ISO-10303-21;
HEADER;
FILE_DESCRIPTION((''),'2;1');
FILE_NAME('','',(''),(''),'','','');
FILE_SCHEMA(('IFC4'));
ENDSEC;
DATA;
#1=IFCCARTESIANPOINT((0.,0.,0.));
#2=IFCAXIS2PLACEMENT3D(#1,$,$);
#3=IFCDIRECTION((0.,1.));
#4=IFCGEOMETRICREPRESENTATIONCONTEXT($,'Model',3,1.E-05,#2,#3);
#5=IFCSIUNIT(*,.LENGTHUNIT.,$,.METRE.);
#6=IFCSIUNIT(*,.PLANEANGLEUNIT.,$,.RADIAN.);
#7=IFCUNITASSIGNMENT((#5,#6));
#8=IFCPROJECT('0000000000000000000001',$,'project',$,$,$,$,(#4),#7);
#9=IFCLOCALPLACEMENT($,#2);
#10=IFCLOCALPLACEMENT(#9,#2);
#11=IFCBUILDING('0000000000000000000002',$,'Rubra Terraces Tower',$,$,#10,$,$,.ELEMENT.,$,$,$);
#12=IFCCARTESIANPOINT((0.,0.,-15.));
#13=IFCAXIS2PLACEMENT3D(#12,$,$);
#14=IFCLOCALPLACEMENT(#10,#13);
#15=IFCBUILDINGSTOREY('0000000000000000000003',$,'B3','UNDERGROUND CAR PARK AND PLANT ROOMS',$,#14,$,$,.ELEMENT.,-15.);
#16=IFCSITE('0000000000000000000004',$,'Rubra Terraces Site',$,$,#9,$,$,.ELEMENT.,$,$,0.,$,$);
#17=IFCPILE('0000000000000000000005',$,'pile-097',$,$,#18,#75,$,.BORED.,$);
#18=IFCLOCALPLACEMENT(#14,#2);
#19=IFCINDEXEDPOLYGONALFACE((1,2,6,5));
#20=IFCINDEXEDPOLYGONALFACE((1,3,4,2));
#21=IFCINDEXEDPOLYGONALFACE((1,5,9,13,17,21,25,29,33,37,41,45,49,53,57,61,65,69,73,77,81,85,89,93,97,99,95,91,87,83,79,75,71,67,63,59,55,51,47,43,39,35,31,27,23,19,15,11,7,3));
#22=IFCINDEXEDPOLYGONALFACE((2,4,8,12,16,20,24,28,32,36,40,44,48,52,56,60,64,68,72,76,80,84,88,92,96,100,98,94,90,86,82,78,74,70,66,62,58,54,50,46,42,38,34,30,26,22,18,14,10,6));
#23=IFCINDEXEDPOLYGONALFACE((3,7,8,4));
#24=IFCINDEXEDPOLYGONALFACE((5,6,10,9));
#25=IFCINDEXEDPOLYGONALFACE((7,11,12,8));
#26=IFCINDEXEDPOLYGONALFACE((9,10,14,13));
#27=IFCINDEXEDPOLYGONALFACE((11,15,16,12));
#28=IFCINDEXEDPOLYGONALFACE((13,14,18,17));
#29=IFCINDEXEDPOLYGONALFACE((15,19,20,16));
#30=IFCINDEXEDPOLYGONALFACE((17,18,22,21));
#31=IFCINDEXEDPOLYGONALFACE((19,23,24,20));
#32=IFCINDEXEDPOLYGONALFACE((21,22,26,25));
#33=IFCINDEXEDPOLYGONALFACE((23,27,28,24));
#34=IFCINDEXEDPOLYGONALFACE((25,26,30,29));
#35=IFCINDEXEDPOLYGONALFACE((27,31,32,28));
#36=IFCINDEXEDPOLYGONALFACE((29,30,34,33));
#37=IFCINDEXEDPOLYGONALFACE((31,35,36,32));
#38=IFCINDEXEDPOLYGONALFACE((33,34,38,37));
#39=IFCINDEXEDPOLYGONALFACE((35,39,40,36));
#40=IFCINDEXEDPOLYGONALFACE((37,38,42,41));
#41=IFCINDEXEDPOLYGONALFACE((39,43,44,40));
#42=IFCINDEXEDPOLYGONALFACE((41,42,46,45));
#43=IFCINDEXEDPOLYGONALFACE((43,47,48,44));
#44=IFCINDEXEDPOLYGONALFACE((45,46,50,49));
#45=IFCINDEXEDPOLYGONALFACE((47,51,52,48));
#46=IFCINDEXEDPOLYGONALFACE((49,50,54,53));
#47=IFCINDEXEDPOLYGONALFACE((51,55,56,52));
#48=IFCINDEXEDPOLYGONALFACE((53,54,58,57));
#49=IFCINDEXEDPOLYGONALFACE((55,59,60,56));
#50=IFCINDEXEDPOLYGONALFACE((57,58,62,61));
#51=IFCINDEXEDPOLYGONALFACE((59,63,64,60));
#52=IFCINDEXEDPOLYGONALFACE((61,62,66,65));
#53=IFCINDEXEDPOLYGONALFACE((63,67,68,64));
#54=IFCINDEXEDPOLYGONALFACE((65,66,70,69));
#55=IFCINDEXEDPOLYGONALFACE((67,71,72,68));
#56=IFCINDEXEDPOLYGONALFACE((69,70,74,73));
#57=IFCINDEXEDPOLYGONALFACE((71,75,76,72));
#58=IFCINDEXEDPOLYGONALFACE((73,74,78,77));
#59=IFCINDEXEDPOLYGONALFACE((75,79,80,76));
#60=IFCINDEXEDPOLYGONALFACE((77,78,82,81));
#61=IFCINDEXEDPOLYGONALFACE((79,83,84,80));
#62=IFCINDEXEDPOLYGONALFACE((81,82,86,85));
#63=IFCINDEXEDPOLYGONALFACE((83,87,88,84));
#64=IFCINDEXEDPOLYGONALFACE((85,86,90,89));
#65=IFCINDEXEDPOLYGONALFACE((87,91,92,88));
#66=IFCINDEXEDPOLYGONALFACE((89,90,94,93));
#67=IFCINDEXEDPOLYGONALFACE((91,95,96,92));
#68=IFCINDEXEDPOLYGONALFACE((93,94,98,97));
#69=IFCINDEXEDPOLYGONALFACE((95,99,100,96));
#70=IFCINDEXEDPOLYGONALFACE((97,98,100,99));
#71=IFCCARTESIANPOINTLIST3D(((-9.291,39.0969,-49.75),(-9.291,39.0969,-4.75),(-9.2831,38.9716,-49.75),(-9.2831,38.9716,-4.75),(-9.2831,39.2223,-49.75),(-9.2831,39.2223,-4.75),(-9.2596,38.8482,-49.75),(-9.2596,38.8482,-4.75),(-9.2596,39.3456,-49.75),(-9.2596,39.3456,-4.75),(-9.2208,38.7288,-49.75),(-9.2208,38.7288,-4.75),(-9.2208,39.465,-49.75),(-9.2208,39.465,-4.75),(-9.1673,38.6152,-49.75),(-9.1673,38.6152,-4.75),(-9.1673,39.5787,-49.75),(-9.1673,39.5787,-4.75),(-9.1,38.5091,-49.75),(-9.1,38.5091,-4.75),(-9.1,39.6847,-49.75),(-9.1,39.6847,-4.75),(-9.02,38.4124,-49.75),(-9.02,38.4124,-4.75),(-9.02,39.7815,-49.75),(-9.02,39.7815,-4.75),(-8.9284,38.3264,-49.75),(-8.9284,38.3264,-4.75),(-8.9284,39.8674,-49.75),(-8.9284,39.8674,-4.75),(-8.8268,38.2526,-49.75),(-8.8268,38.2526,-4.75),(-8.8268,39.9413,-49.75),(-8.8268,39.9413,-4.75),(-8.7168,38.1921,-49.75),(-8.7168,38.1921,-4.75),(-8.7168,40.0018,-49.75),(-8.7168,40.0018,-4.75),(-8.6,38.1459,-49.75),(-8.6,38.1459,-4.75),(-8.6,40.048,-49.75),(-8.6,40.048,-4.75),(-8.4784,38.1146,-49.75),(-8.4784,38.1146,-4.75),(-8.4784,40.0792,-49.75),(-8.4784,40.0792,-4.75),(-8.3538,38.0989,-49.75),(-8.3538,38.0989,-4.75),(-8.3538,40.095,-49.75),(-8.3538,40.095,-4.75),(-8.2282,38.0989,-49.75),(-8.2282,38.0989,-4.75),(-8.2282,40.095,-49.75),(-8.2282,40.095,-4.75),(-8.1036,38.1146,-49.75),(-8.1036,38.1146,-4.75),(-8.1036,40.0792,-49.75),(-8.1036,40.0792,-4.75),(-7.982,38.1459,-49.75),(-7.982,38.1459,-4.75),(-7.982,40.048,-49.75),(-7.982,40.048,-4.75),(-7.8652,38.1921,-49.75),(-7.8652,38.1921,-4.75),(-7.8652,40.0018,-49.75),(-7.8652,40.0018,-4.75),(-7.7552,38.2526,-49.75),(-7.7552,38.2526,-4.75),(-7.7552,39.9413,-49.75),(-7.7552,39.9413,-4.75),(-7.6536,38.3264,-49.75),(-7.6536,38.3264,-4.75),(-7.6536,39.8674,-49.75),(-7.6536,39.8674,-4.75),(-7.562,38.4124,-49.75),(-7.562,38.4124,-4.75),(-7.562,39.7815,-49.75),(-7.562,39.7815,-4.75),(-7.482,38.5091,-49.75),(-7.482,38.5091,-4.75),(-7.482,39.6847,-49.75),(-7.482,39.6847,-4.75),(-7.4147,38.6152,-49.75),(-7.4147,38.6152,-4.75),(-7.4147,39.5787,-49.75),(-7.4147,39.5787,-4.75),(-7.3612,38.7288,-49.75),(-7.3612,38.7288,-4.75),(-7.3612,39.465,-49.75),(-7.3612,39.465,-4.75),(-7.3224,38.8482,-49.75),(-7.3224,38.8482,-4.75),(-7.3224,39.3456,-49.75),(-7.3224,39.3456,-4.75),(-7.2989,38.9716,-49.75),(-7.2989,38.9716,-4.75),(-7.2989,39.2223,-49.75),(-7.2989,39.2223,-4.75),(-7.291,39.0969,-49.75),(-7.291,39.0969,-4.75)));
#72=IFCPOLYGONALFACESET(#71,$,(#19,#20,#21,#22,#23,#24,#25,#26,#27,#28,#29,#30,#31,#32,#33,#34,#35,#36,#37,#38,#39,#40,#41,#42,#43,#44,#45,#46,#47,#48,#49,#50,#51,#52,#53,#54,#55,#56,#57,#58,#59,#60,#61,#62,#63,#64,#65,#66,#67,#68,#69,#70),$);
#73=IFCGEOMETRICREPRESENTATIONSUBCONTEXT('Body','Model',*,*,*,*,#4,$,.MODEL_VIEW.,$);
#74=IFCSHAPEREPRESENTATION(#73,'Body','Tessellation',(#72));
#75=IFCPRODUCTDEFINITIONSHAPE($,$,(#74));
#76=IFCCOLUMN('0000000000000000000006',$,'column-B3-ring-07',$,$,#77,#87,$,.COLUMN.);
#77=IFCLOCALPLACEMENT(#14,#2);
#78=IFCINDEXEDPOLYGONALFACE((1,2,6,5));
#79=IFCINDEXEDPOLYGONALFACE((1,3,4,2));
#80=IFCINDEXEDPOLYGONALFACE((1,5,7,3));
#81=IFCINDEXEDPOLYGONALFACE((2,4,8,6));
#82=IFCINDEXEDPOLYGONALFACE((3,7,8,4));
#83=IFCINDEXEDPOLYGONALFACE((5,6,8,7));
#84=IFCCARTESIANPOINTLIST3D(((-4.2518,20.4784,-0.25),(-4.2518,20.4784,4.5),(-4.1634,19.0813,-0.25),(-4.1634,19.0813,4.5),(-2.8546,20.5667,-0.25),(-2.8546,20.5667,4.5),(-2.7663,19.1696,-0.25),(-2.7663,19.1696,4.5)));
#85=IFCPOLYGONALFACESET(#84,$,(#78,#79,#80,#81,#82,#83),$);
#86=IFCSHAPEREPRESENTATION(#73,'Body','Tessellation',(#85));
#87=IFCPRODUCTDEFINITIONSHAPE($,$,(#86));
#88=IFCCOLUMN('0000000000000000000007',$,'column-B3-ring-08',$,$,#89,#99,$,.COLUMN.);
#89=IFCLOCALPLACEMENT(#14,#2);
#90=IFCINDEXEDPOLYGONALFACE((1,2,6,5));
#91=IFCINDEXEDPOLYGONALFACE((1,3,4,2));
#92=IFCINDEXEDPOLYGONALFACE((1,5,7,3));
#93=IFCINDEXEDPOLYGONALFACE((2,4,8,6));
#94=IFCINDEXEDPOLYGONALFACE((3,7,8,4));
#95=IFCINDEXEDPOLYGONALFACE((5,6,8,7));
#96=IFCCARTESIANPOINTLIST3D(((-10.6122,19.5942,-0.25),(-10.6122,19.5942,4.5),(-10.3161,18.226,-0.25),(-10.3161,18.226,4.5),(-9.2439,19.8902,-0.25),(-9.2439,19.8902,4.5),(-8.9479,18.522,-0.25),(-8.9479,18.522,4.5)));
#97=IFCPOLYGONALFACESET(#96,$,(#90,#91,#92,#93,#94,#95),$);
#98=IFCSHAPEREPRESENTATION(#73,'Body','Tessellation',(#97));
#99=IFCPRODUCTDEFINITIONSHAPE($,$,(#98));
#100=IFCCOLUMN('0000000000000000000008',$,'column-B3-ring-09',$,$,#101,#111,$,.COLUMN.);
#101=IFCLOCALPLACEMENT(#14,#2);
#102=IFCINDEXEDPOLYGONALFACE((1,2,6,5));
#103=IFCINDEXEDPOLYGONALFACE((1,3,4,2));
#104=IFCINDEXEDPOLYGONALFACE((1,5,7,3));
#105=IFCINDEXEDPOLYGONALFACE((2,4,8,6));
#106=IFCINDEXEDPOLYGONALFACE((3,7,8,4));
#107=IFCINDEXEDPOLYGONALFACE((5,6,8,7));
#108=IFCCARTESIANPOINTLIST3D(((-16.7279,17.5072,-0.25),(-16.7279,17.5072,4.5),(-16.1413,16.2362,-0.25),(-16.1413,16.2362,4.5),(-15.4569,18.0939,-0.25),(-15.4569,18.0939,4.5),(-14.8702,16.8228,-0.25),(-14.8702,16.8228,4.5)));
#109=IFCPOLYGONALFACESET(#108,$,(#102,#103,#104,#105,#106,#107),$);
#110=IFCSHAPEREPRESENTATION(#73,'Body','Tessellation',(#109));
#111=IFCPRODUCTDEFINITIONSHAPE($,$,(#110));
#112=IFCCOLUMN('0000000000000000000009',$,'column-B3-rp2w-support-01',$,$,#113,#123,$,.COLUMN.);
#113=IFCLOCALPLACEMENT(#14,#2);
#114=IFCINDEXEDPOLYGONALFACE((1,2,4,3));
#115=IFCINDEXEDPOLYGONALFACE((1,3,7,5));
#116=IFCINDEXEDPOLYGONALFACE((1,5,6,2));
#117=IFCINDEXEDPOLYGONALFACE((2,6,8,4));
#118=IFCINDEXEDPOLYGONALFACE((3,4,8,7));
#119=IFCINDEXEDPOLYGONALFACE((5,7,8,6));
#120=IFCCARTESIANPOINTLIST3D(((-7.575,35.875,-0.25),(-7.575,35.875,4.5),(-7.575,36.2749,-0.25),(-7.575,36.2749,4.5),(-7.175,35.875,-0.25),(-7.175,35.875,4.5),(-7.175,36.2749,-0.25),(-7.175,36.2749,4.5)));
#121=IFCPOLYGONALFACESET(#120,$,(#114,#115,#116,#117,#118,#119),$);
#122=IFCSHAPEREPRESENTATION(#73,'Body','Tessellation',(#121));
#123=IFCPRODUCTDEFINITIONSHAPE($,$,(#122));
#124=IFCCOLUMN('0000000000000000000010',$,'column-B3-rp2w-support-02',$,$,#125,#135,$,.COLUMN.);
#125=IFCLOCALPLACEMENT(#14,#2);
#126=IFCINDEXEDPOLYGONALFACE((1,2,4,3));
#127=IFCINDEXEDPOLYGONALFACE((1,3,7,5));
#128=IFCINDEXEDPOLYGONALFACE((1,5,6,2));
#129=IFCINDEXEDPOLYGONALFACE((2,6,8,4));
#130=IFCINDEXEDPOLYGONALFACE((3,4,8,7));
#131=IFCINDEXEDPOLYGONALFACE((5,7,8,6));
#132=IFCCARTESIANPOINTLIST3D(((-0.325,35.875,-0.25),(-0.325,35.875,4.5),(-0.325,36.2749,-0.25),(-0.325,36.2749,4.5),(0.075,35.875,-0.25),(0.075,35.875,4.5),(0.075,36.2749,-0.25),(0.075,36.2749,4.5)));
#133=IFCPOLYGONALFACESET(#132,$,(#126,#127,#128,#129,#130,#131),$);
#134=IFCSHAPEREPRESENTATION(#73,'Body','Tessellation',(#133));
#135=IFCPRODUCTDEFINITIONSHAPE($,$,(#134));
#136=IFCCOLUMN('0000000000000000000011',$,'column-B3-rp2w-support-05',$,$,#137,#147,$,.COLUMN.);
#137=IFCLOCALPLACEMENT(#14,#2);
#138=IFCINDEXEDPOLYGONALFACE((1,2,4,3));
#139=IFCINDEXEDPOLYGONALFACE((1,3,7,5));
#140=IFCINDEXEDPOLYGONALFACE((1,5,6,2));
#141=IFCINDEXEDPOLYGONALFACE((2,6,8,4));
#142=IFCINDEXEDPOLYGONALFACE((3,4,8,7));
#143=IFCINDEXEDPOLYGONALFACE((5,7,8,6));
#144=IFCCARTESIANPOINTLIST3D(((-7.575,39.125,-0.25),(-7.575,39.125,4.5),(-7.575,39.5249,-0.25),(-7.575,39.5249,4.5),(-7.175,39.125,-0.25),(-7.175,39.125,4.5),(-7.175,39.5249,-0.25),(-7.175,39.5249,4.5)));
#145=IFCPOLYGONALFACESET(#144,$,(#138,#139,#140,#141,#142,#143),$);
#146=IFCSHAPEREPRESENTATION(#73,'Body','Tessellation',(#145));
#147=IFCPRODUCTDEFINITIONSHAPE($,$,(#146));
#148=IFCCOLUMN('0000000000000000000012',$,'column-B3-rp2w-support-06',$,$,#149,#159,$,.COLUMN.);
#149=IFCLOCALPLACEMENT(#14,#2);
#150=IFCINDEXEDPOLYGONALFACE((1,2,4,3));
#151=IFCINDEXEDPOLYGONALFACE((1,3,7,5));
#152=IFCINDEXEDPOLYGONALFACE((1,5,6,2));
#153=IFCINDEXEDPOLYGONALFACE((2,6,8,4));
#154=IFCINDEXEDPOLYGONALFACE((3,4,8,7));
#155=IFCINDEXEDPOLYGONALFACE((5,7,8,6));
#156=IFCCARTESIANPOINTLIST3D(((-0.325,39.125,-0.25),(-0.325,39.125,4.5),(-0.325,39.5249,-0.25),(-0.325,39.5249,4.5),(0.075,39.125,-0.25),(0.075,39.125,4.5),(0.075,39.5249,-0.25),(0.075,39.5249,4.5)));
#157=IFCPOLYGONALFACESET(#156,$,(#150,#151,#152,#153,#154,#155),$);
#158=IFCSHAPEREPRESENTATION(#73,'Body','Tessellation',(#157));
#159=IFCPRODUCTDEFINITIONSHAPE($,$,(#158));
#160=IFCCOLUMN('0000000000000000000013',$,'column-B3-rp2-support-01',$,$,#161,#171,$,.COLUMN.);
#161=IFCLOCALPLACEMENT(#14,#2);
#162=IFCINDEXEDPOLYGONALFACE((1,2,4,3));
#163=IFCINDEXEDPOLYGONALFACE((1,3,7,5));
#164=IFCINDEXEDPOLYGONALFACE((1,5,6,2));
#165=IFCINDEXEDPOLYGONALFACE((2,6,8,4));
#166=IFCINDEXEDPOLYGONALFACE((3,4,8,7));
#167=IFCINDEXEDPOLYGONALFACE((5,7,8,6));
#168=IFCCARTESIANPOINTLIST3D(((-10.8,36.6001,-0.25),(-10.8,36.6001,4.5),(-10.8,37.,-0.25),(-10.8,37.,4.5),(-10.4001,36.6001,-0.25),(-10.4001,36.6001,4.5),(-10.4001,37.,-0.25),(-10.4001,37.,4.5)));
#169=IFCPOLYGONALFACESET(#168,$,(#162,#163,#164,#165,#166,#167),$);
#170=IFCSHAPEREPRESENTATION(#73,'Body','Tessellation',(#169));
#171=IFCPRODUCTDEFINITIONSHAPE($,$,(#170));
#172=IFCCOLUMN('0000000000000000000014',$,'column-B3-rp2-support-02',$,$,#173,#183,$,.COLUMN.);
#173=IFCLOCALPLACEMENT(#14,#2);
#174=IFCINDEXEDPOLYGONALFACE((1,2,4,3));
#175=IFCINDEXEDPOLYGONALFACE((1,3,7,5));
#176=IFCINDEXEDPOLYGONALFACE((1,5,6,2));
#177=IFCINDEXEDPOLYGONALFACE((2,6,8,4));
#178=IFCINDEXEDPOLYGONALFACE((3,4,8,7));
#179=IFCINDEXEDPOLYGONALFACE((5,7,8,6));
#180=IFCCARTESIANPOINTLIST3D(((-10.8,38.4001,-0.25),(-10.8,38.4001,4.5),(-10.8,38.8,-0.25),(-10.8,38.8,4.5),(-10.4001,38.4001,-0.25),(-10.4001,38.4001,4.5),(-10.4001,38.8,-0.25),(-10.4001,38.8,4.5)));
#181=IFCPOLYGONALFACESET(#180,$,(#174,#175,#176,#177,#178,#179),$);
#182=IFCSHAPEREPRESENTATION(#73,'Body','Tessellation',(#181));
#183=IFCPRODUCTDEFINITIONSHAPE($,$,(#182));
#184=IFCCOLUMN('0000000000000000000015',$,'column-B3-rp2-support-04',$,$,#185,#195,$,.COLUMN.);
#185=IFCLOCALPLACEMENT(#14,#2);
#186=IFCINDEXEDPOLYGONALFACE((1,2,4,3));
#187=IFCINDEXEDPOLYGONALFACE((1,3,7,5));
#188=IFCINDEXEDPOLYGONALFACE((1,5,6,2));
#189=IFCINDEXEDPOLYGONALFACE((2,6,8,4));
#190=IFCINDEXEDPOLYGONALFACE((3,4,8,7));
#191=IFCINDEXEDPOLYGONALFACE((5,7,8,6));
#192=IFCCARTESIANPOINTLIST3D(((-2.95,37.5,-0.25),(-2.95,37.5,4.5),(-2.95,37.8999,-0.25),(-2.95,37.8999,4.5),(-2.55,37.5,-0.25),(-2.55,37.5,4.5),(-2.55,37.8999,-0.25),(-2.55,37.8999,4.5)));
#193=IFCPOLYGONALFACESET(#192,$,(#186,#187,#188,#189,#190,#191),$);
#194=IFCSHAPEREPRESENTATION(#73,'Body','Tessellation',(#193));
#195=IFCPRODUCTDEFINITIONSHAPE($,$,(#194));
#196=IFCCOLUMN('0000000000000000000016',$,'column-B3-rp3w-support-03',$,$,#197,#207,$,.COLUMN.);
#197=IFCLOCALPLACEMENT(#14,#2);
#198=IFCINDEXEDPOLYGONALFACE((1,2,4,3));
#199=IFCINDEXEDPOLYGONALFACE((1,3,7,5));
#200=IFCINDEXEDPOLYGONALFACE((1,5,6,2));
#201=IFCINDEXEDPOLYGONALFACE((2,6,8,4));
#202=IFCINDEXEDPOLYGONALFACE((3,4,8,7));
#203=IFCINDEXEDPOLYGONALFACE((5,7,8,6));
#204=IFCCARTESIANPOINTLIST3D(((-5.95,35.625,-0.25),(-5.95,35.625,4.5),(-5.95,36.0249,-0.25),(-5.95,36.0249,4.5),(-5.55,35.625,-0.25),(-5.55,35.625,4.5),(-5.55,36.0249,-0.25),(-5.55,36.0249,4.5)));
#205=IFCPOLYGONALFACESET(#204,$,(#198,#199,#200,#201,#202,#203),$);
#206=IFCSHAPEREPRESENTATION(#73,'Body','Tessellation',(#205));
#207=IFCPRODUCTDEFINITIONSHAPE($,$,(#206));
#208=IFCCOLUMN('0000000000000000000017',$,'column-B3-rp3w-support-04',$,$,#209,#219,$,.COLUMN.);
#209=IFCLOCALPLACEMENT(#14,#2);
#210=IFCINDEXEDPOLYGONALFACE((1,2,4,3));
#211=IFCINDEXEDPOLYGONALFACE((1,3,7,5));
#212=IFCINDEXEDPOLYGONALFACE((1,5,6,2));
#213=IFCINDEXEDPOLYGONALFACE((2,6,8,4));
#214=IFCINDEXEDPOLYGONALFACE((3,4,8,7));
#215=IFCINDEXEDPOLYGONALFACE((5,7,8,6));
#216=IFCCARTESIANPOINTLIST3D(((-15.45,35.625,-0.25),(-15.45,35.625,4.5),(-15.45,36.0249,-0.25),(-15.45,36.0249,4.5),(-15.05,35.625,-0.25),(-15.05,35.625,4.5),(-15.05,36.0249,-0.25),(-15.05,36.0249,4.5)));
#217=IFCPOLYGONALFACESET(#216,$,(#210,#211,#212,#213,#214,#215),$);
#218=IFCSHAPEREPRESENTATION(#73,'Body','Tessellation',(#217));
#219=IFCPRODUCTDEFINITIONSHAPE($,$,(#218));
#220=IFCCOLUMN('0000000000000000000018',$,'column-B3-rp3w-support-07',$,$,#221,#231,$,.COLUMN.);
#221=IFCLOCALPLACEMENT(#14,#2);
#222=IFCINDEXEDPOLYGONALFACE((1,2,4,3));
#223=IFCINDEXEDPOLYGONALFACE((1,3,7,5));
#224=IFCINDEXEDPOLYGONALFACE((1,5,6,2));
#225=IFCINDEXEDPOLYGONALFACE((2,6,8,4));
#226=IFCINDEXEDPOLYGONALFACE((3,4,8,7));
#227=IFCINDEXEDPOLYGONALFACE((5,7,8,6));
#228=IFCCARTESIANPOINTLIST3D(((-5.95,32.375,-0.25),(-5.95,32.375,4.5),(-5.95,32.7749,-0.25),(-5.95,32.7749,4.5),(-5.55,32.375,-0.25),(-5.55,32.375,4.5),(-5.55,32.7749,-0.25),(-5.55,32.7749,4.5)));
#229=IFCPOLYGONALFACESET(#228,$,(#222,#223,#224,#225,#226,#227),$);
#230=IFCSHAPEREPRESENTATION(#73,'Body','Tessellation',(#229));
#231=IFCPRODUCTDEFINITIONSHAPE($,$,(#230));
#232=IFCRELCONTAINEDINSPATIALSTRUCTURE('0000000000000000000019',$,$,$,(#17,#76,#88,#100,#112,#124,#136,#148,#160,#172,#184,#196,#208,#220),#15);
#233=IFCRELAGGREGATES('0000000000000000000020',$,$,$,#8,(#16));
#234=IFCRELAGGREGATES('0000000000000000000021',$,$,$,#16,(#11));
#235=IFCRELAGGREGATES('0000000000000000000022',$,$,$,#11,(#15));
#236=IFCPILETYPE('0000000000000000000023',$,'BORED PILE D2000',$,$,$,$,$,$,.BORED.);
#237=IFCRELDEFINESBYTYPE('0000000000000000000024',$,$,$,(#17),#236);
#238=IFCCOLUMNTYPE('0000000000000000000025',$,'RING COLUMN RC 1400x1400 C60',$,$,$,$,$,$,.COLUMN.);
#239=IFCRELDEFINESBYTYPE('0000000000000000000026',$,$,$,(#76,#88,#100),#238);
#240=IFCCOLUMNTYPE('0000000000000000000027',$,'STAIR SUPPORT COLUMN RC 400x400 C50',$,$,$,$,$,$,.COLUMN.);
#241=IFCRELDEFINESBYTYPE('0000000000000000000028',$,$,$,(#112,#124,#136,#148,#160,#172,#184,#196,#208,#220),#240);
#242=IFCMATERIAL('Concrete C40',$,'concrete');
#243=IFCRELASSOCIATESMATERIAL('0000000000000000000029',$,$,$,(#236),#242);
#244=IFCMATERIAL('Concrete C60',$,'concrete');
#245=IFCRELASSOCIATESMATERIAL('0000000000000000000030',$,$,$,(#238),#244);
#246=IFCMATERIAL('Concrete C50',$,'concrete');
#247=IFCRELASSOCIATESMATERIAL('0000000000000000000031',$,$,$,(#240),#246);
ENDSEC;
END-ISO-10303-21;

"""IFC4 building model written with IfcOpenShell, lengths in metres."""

from ifc_helpers import new_model, si_unit, direction, frame, origin, origin_2d, place, context, subcontext, project, spatial, rectangle, circle, extrude, material, material_profile, profile_set, type_object, element, save


model = new_model("IFC4")

# Units and contexts
model_context = context("Model", 3, precision=1e-05, world=origin(), true_north=direction((0.0, 1.0)))
body_context = subcontext(model_context, "Body", "Model", "MODEL_VIEW")
ifc_project = project(units=[si_unit("LENGTHUNIT", "METRE"), si_unit("PLANEANGLEUNIT", "RADIAN")], contexts=[model_context])

# Site, building, storey
site_placement = place(None, origin())
site = spatial("IfcSite", under=ifc_project, at=site_placement, Name="Rubra Terraces Site", CompositionType="ELEMENT", RefElevation=0.0)
building_placement = place(site_placement, origin())
building = spatial("IfcBuilding", under=site, at=building_placement, Name="Rubra Terraces Tower", CompositionType="ELEMENT")
storey_placement = place(building_placement, frame((0.0, 0.0, -15.0)))
storey = spatial("IfcBuildingStorey", under=building, at=storey_placement, Name="B3", Description="UNDERGROUND CAR PARK AND PLANT ROOMS", CompositionType="ELEMENT", Elevation=-15.0)

# Pile
ifc_material_1 = material(Name="Concrete C40", Category="concrete")
ifc_material_profile_1 = material_profile(ifc_material_1, circle(Radius=1.0, at=origin_2d()), Name="BORED PILE D2000")
ifc_profile_set_1 = profile_set([ifc_material_profile_1], Name="Concrete C40")
pile_type = type_object("IfcPileType", Name="BORED PILE D2000", PredefinedType="BORED", material=ifc_profile_set_1)
for number, where, z_axis, x_axis, name in (
    (1, (-8.291, 39.0969, -4.75), (0.0, 0.0, -1.0), (1.0, 0.0, 0.0), "pile-097"),
):
    element("IfcPile", number, at=place(storey_placement, frame(where, z_axis=z_axis, x_axis=x_axis)), inside=storey, type_object=pile_type, Name=name, PredefinedType="BORED", context=body_context, shape_type="SweptSolid", body=[
        extrude(circle(Radius=1.0, at=origin_2d()), origin(), (0.0, 0.0, 1.0), 45.0),
    ])

# Columns
ifc_material_2 = material(Name="Concrete C60", Category="concrete")
ifc_material_profile_2 = material_profile(ifc_material_2, rectangle(XDim=1.3999, YDim=1.3999, at=origin_2d()), Name="RC 1400x1400")
ifc_profile_set_2 = profile_set([ifc_material_profile_2], Name="Concrete C60")
column_type_1 = type_object("IfcColumnType", Name="RING COLUMN RC 1400x1400 C60", PredefinedType="COLUMN", material=ifc_profile_set_2)
for number, where, z_axis, x_axis, name in (
    (2, (-3.509, 19.824, -0.25), (0.0, 0.0, 1.0), (-0.998008, -0.063094, 0.0), "column-B3-ring-07"),
    (3, (-9.78, 19.0581, -0.25), (0.0, 0.0, 1.0), (-0.977386, -0.211462, 0.0), "column-B3-ring-08"),
    (4, (-15.7991, 17.165, -0.25), (0.0, 0.0, 1.0), (-0.907952, -0.419073, 0.0), "column-B3-ring-09"),
):
    element("IfcColumn", number, at=place(storey_placement, frame(where, z_axis=z_axis, x_axis=x_axis)), inside=storey, type_object=column_type_1, Name=name, PredefinedType="COLUMN", context=body_context, shape_type="SweptSolid", body=[
        extrude(rectangle(XDim=1.3999, YDim=1.3999, at=origin_2d()), origin(), (0.0, 0.0, 1.0), 4.75),
    ])
ifc_material_3 = material(Name="Concrete C50", Category="concrete")
ifc_material_profile_3 = material_profile(ifc_material_3, rectangle(XDim=0.3999, YDim=0.3999, at=origin_2d()), Name="RC 400x400")
ifc_profile_set_3 = profile_set([ifc_material_profile_3], Name="Concrete C50")
column_type_2 = type_object("IfcColumnType", Name="STAIR SUPPORT COLUMN RC 400x400 C50", PredefinedType="COLUMN", material=ifc_profile_set_3)
for number, where, z_axis, x_axis, name in (
    (5, (-7.375, 36.075, -0.25), (0.0, 0.0, 1.0), (1.0, 0.0, 0.0), "column-B3-rp2w-support-01"),
    (6, (-0.125, 36.075, -0.25), (0.0, 0.0, 1.0), (1.0, 0.0, 0.0), "column-B3-rp2w-support-02"),
    (7, (-7.375, 39.325, -0.25), (0.0, 0.0, 1.0), (1.0, 0.0, 0.0), "column-B3-rp2w-support-05"),
    (8, (-0.125, 39.325, -0.25), (0.0, 0.0, 1.0), (1.0, 0.0, 0.0), "column-B3-rp2w-support-06"),
    (9, (-10.6001, 36.8, -0.25), (0.0, 0.0, 1.0), (1.0, 0.0, 0.0), "column-B3-rp2-support-01"),
    (10, (-10.6001, 38.6001, -0.25), (0.0, 0.0, 1.0), (1.0, 0.0, 0.0), "column-B3-rp2-support-02"),
    (11, (-2.75, 37.7, -0.25), (0.0, 0.0, 1.0), (1.0, 0.0, 0.0), "column-B3-rp2-support-04"),
    (12, (-5.75, 35.825, -0.25), (0.0, 0.0, 1.0), (1.0, 0.0, 0.0), "column-B3-rp3w-support-03"),
    (13, (-15.25, 35.825, -0.25), (0.0, 0.0, 1.0), (1.0, 0.0, 0.0), "column-B3-rp3w-support-04"),
    (14, (-5.75, 32.575, -0.25), (0.0, 0.0, 1.0), (1.0, 0.0, 0.0), "column-B3-rp3w-support-07"),
):
    element("IfcColumn", number, at=place(storey_placement, frame(where, z_axis=z_axis, x_axis=x_axis)), inside=storey, type_object=column_type_2, Name=name, PredefinedType="COLUMN", context=body_context, shape_type="SweptSolid", body=[
        extrude(rectangle(XDim=0.3999, YDim=0.3999, at=origin_2d()), origin(), (0.0, 0.0, 1.0), 4.75),
    ])

save(model, "model.ifc")
